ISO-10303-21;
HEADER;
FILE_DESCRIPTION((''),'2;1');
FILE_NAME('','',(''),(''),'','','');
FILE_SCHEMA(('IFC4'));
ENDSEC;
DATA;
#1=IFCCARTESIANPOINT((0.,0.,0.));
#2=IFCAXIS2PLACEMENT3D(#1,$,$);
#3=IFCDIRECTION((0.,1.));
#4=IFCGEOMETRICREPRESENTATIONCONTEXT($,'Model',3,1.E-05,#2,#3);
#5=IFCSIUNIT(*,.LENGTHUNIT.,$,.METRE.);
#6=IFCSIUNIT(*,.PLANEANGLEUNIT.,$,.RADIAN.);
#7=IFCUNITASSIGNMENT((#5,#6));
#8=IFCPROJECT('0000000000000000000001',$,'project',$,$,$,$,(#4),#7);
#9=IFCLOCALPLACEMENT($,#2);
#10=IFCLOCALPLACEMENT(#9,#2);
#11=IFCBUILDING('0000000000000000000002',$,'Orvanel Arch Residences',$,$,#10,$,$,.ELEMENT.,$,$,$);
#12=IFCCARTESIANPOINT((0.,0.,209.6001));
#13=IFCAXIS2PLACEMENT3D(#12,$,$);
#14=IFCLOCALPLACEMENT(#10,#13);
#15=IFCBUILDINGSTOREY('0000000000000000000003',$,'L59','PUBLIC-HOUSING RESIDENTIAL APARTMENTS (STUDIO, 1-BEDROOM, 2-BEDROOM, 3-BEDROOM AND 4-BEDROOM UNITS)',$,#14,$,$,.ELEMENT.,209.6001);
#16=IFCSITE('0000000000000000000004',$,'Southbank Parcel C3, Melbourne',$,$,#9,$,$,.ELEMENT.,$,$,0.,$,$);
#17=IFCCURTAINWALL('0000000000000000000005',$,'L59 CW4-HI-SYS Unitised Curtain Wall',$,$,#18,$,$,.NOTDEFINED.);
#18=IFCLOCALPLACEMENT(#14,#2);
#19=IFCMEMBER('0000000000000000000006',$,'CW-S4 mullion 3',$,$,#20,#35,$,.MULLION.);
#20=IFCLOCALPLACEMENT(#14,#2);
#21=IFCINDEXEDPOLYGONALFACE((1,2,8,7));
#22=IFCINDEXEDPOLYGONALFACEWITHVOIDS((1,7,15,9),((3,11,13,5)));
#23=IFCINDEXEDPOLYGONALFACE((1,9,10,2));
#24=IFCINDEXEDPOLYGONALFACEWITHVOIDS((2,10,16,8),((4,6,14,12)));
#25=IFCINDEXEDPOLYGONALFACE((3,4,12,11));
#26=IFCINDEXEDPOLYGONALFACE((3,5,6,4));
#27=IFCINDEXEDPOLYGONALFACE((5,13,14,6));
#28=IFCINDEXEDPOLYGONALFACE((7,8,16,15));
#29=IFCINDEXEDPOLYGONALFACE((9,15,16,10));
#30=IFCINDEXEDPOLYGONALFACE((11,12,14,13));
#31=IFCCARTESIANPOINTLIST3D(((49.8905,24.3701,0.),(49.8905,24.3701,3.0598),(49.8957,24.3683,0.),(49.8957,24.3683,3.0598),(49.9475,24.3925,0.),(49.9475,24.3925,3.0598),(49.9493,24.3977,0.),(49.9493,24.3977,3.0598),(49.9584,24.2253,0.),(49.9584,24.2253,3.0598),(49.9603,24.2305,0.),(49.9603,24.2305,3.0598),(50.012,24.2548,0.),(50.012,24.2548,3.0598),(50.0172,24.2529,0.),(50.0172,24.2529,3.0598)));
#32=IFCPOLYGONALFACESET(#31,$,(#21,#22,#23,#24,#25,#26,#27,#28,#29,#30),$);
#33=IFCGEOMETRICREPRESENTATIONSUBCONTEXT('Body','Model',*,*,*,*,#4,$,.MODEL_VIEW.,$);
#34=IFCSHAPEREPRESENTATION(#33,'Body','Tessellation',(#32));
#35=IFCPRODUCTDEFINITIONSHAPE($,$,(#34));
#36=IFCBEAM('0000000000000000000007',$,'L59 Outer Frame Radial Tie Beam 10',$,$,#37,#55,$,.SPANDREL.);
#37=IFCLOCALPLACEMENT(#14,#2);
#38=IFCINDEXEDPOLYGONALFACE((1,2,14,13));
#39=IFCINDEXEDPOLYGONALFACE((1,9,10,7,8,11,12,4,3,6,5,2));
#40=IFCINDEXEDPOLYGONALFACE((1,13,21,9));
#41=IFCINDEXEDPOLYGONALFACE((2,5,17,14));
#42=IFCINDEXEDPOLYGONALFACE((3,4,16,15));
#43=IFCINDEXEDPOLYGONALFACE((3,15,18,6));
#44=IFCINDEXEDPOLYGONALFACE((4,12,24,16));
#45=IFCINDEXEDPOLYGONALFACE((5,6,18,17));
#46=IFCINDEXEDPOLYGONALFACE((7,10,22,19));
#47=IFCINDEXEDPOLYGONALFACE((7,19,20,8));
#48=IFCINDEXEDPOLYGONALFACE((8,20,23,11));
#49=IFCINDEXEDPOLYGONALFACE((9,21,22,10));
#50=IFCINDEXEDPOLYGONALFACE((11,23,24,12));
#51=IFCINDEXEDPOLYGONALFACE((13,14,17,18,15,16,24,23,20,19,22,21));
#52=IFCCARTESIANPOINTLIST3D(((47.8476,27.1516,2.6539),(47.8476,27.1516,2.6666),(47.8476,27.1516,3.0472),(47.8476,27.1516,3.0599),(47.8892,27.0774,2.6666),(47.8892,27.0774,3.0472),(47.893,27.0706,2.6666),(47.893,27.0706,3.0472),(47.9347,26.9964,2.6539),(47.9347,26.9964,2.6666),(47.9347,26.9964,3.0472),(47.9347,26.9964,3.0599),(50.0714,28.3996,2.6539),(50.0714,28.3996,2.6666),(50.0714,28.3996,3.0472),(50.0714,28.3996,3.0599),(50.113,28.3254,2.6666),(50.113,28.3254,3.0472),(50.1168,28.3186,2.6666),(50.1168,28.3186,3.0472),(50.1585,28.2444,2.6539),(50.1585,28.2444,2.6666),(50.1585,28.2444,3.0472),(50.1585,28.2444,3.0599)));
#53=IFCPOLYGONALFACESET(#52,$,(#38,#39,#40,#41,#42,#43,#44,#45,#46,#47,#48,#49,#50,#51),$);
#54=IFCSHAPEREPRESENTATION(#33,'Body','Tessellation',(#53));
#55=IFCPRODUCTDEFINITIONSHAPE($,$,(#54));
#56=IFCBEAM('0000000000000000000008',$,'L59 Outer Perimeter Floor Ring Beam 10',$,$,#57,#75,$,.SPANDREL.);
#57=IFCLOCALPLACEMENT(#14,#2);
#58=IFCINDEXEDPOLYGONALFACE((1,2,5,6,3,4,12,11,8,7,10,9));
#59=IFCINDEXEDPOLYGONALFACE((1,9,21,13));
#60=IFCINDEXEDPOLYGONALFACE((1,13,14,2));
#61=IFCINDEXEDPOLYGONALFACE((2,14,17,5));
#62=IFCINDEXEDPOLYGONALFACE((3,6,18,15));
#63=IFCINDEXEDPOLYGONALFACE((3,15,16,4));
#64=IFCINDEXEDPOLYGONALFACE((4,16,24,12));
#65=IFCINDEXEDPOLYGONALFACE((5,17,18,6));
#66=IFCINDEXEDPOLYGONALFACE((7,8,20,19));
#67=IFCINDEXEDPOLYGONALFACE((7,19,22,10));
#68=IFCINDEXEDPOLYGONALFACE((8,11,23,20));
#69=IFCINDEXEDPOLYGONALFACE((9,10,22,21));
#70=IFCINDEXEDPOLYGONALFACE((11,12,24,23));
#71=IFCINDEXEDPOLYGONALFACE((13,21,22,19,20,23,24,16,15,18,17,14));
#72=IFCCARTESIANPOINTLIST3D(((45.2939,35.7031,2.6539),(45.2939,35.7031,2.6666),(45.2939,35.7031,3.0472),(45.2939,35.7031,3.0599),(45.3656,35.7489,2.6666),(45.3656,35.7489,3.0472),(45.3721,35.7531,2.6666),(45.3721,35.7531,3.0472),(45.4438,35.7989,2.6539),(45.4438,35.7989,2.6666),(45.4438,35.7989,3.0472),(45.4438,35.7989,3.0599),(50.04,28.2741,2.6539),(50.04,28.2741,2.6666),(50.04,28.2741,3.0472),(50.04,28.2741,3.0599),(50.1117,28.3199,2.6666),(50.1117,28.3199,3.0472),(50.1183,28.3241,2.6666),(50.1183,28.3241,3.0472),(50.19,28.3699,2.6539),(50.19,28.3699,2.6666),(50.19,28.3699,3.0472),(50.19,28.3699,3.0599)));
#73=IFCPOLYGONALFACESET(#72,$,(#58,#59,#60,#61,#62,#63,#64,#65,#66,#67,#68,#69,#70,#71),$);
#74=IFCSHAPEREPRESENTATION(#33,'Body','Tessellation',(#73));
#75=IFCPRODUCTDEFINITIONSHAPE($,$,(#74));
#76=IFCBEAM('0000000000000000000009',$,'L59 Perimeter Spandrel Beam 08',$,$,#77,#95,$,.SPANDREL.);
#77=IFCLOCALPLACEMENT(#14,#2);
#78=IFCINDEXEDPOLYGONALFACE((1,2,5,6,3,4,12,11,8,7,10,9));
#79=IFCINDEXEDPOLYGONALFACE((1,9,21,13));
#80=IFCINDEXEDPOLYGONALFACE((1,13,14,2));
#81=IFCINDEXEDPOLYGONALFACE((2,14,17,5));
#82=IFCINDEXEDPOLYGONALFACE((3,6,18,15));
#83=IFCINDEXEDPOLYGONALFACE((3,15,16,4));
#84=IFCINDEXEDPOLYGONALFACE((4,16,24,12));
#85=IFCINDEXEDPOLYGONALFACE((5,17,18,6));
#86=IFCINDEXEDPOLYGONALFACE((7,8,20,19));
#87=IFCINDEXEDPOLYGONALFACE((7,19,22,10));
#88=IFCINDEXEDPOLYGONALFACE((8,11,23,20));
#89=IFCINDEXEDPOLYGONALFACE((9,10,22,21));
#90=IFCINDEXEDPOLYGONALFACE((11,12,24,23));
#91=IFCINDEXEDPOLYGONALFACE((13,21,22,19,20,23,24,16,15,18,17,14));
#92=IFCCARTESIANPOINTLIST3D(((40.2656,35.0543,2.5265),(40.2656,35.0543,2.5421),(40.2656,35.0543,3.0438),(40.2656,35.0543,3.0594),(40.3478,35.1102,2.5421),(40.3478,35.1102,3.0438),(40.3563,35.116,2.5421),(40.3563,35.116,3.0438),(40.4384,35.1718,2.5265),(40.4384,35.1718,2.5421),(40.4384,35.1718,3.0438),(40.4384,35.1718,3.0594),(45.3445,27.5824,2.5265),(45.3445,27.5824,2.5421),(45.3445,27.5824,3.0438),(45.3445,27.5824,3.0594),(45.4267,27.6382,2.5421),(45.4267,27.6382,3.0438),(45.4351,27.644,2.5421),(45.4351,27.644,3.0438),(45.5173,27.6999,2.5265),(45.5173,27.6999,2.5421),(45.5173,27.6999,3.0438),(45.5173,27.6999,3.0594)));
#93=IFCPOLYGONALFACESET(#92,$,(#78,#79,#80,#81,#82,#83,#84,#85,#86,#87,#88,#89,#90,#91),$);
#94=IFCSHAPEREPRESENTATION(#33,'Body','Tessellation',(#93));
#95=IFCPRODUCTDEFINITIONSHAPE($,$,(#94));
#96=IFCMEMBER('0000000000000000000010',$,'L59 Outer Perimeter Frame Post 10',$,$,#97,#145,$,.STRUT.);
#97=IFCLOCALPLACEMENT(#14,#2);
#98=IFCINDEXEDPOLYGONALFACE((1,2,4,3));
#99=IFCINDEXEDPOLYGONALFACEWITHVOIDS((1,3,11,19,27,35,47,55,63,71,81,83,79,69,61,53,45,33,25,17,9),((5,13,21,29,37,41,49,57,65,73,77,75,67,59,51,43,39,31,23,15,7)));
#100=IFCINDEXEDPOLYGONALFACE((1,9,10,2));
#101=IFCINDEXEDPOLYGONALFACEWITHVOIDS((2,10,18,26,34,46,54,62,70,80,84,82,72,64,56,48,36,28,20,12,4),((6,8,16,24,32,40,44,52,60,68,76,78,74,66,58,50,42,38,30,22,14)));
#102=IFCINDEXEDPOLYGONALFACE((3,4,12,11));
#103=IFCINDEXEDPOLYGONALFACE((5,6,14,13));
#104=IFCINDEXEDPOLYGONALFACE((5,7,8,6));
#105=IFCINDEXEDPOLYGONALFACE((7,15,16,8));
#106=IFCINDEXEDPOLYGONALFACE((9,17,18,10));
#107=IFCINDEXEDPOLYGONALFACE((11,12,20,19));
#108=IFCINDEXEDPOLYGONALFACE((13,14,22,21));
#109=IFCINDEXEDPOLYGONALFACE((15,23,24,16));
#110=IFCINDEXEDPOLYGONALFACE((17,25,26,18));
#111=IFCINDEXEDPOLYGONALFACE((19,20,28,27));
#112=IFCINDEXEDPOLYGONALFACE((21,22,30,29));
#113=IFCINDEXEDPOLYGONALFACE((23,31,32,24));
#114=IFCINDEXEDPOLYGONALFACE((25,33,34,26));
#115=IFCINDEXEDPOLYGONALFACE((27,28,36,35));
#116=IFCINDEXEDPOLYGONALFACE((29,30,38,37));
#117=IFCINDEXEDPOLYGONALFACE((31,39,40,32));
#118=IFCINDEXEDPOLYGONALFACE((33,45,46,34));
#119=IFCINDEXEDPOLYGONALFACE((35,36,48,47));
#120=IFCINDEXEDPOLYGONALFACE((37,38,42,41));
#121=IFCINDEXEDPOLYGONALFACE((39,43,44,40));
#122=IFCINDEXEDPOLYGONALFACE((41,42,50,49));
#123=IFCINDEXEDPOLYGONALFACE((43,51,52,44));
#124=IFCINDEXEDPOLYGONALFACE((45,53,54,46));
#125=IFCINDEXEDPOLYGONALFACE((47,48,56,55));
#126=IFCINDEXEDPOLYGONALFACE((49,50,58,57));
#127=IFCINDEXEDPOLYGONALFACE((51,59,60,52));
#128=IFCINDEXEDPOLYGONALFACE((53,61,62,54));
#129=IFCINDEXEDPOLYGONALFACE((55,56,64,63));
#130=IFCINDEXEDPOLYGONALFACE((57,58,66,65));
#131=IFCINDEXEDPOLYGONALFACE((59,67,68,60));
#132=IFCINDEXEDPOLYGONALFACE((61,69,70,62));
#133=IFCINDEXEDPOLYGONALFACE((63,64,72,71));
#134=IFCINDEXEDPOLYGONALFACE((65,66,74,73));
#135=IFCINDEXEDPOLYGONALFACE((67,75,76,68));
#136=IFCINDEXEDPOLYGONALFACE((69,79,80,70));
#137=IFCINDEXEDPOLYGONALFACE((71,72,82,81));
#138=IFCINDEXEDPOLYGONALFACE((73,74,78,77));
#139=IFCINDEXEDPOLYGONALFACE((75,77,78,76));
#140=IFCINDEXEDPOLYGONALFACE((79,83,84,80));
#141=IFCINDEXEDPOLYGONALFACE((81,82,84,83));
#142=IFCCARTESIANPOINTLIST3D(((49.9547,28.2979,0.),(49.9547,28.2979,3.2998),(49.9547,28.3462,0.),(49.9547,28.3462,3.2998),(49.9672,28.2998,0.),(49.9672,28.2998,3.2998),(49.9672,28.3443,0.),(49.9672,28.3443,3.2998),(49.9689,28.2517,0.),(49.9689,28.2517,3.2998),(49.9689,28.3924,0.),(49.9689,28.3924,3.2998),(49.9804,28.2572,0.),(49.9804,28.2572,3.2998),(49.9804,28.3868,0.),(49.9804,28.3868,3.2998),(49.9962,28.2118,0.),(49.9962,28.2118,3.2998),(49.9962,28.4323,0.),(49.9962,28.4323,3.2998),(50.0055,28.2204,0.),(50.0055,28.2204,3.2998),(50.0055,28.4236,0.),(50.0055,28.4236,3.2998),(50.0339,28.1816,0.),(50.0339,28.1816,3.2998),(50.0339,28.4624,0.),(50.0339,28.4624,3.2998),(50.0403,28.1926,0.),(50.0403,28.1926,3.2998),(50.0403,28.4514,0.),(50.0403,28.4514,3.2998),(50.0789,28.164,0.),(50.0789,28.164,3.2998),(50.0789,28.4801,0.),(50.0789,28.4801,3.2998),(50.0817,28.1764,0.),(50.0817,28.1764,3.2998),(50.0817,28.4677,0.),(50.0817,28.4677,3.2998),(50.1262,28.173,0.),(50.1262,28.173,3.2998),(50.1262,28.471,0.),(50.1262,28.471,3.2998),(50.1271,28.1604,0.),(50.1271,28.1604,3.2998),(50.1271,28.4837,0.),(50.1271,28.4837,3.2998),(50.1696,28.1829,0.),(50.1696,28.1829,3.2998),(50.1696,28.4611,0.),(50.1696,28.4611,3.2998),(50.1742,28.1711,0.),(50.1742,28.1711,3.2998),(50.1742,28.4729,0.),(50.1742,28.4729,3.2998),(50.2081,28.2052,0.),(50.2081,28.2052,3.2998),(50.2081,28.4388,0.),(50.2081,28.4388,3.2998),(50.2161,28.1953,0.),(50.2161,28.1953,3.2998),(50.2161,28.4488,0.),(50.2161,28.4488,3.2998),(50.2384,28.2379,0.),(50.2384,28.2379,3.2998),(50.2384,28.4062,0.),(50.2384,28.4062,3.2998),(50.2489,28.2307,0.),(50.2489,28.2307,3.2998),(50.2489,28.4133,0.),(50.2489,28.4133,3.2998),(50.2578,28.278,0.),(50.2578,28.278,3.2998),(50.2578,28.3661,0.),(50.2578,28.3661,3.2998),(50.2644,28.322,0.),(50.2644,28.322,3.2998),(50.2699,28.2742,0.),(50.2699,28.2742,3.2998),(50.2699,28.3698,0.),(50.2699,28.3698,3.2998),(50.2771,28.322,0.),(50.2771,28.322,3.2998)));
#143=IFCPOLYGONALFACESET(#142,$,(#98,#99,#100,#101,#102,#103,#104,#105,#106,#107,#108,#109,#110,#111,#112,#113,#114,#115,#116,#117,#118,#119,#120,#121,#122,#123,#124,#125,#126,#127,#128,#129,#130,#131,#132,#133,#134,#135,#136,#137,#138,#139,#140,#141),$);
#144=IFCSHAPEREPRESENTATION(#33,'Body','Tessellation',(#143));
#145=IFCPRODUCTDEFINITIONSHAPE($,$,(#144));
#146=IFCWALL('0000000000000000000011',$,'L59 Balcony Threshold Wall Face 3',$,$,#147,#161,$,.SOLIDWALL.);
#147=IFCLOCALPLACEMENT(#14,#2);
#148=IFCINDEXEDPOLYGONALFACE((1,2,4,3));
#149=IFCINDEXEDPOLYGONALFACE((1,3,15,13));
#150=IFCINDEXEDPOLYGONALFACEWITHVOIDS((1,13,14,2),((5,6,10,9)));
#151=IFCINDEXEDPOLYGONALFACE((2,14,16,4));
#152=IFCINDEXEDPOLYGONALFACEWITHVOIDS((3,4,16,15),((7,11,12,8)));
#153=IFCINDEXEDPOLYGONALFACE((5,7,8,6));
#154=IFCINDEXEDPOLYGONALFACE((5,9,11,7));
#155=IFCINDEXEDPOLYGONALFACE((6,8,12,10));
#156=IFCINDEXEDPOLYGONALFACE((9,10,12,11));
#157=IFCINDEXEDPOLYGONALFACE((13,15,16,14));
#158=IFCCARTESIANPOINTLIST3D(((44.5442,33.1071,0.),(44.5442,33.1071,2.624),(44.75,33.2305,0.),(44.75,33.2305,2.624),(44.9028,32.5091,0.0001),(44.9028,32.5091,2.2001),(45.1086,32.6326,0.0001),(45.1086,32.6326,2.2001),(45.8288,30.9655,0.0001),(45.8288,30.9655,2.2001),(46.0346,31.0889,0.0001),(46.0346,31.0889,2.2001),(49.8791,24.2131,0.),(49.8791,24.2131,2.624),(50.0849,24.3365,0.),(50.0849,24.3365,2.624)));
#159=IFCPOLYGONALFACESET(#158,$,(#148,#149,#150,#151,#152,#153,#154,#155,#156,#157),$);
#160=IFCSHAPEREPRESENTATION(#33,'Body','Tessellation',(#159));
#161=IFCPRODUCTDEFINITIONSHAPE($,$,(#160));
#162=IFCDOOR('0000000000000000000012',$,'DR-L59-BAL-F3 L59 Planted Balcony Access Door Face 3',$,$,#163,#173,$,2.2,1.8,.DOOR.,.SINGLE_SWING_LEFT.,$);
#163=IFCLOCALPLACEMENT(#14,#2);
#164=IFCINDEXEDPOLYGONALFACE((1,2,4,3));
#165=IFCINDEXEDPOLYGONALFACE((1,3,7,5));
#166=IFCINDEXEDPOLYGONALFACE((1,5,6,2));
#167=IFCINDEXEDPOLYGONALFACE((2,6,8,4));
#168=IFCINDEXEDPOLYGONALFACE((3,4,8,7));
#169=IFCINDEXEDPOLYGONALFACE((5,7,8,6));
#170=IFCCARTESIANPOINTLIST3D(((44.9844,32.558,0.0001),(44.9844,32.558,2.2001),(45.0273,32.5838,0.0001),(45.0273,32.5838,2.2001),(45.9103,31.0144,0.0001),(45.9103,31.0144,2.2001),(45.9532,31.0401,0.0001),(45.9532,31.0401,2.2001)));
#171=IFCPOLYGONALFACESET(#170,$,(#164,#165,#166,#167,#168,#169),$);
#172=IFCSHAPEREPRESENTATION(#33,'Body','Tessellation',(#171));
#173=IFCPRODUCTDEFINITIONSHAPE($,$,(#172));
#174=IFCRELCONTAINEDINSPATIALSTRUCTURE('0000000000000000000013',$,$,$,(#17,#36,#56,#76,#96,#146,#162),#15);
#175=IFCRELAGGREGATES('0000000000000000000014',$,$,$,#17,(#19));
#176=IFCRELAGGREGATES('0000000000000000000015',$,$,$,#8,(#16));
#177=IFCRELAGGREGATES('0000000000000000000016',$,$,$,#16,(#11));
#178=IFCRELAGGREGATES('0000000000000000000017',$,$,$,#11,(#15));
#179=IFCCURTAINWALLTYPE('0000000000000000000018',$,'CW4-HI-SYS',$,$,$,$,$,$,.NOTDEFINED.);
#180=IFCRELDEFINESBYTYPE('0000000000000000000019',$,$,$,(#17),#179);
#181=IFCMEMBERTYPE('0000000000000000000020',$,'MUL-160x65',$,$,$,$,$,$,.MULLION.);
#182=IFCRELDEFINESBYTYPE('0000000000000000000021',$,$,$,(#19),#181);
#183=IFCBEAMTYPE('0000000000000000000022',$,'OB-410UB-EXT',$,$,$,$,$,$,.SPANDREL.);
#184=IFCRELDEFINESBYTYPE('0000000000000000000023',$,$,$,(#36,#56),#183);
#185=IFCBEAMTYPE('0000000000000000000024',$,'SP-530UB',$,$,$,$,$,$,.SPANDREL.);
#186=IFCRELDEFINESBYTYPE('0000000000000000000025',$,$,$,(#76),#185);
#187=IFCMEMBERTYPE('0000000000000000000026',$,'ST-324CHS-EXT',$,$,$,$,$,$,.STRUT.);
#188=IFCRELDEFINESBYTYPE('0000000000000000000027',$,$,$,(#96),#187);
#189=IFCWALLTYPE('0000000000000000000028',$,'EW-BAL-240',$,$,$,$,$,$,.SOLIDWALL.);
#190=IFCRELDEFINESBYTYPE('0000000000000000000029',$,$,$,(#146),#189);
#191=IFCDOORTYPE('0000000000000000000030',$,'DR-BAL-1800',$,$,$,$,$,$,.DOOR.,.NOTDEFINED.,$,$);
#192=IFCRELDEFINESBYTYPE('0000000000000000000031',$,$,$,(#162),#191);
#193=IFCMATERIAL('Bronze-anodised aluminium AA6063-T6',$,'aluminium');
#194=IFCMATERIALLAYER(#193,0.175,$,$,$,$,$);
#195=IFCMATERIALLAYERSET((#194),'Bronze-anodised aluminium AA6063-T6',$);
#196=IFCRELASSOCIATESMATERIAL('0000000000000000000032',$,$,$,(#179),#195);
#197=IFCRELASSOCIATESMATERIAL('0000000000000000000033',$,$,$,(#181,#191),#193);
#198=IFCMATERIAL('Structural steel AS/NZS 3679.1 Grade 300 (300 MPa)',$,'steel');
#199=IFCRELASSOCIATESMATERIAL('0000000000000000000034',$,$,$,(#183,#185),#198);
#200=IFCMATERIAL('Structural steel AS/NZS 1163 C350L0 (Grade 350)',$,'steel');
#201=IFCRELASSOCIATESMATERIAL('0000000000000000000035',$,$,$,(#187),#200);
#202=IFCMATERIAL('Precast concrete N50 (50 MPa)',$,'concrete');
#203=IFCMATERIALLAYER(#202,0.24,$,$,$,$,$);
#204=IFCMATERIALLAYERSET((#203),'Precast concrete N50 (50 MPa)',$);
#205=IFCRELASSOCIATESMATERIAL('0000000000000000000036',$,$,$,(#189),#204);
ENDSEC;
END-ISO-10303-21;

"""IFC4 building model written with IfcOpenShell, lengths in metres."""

from ifc_helpers import new_model, si_unit, direction, frame, frame_2d, origin, origin_2d, place, context, subcontext, project, spatial, rectangle, hollow_rectangle, hollow_circle, i_section, extrude, material, layer, layer_set, material_profile, profile_set, type_object, element, fill, aggregate, save


model = new_model("IFC4")

# Units and contexts
model_context = context("Model", 3, precision=1e-05, world=origin(), true_north=direction((0.0, 1.0)))
body_context = subcontext(model_context, "Body", "Model", "MODEL_VIEW")
ifc_project = project(units=[si_unit("LENGTHUNIT", "METRE"), si_unit("PLANEANGLEUNIT", "RADIAN")], contexts=[model_context])

# Site, building, storey
site_placement = place(None, origin())
site = spatial("IfcSite", under=ifc_project, at=site_placement, Name="Southbank Parcel C3, Melbourne", CompositionType="ELEMENT", RefElevation=0.0)
building_placement = place(site_placement, origin())
building = spatial("IfcBuilding", under=site, at=building_placement, Name="Orvanel Arch Residences", CompositionType="ELEMENT")
storey_placement = place(building_placement, frame((0.0, 0.0, 209.6001)))
storey = spatial("IfcBuildingStorey", under=building, at=storey_placement, Name="L59", Description="PUBLIC-HOUSING RESIDENTIAL APARTMENTS (STUDIO, 1-BEDROOM, 2-BEDROOM, 3-BEDROOM AND 4-BEDROOM UNITS)", CompositionType="ELEMENT", Elevation=209.6001)

# Shared definitions
ifc_material_1 = material(Name="Structural steel AS/NZS 1163 C350L0 (Grade 350)", Category="steel")

# Shared definitions
ifc_material_2 = material(Name="Structural steel AS/NZS 3679.1 Grade 300 (300 MPa)", Category="steel")

# Curtain wall, member
ifc_material_3 = material(Name="Bronze-anodised aluminium AA6063-T6", Category="aluminium")
ifc_layer_1 = layer(ifc_material_3, 0.175)
ifc_layer_set_1 = layer_set([ifc_layer_1], Name="Bronze-anodised aluminium AA6063-T6")
curtain_wall_type = type_object("IfcCurtainWallType", Name="CW4-HI-SYS", PredefinedType="NOTDEFINED", material=ifc_layer_set_1)
curtain_wall_placement = place(storey_placement, origin())
curtain_wall = element("IfcCurtainWall", 1, at=curtain_wall_placement, inside=storey, type_object=curtain_wall_type, Name="L59 CW4-HI-SYS Unitised Curtain Wall", PredefinedType="NOTDEFINED")
ifc_material_profile_1 = material_profile(ifc_material_3, hollow_rectangle(XDim=0.0649, YDim=0.1599, WallThickness=0.0039, at=origin_2d()), Name="ALU160x65x4")
ifc_profile_set_1 = profile_set([ifc_material_profile_1], Name="Bronze-anodised aluminium AA6063-T6")
member_type_1 = type_object("IfcMemberType", Name="MUL-160x65", PredefinedType="MULLION", material=ifc_profile_set_1)
member_1_placement = place(storey_placement, frame((49.9539, 24.3115, 0.0), z_axis=(0.0, 0.0, 1.0), x_axis=(-0.905503, -0.424341, 0.0)))
member_1 = element("IfcMember", 2, at=member_1_placement, type_object=member_type_1, Name="CW-S4 mullion 3", PredefinedType="MULLION", context=body_context, shape_type="SweptSolid", body=[
    extrude(hollow_rectangle(XDim=0.0649, YDim=0.1599, WallThickness=0.0039, at=origin_2d()), origin(), (0.0, 0.0, 1.0), 3.0598),
])
aggregate(curtain_wall, [member_1])

# Beams
ifc_material_profile_2 = material_profile(ifc_material_2, i_section(OverallWidth=0.178, OverallDepth=0.406, WebThickness=0.0078, FlangeThickness=0.0127, at=origin_2d()), Name="410UB59.7")
ifc_profile_set_2 = profile_set([ifc_material_profile_2], Name="Structural steel AS/NZS 3679.1 Grade 300 (300 MPa)")
beam_type_1 = type_object("IfcBeamType", Name="OB-410UB-EXT", PredefinedType="SPANDREL", material=ifc_profile_set_2)
beam_1_placement = place(storey_placement, frame((47.8911, 27.074, 2.8569), z_axis=(0.872058, 0.489402, 0.0), x_axis=(-0.489402, 0.872058, 0.0)))
element("IfcBeam", 3, at=beam_1_placement, inside=storey, type_object=beam_type_1, Name="L59 Outer Frame Radial Tie Beam 10", PredefinedType="SPANDREL", context=body_context, shape_type="SweptSolid", body=[
    extrude(i_section(OverallWidth=0.178, OverallDepth=0.406, WebThickness=0.0078, FlangeThickness=0.0127, at=origin_2d()), origin(), (0.0, 0.0, 1.0), 2.55),
])
beam_2_placement = place(storey_placement, frame((50.115, 28.322, 2.8569), z_axis=(-0.538375, 0.842706, 0.0), x_axis=(-0.842706, -0.538375, 0.0)))
element("IfcBeam", 4, at=beam_2_placement, inside=storey, type_object=beam_type_1, Name="L59 Outer Perimeter Floor Ring Beam 10", PredefinedType="SPANDREL", context=body_context, shape_type="SweptSolid", body=[
    extrude(i_section(OverallWidth=0.178, OverallDepth=0.406, WebThickness=0.0078, FlangeThickness=0.0127, at=origin_2d()), origin(), (0.0, 0.0, 1.0), 8.8157),
])
ifc_material_profile_3 = material_profile(ifc_material_2, i_section(OverallWidth=0.209, OverallDepth=0.533, WebThickness=0.0103, FlangeThickness=0.0156, at=origin_2d()), Name="530UB92.4")
ifc_profile_set_3 = profile_set([ifc_material_profile_3], Name="Structural steel AS/NZS 3679.1 Grade 300 (300 MPa)")
beam_type_2 = type_object("IfcBeamType", Name="SP-530UB", PredefinedType="SPANDREL", material=ifc_profile_set_3)
beam_3_placement = place(storey_placement, frame((45.4309, 27.6411, 2.793), z_axis=(-0.562155, 0.827032, 0.0), x_axis=(-0.827032, -0.562155, 0.0)))
element("IfcBeam", 5, at=beam_3_placement, inside=storey, type_object=beam_type_2, Name="L59 Perimeter Spandrel Beam 08", PredefinedType="SPANDREL", context=body_context, shape_type="SweptSolid", body=[
    extrude(i_section(OverallWidth=0.209, OverallDepth=0.533, WebThickness=0.0103, FlangeThickness=0.0156, at=origin_2d()), origin(), (0.0, 0.0, 1.0), 9.0347),
])

# Member
ifc_material_profile_4 = material_profile(ifc_material_1, hollow_circle(Radius=0.1621, WallThickness=0.0127, at=origin_2d()), Name="CHS324x12.7")
ifc_profile_set_4 = profile_set([ifc_material_profile_4], Name="Structural steel AS/NZS 1163 C350L0 (Grade 350)")
member_type_2 = type_object("IfcMemberType", Name="ST-324CHS-EXT", PredefinedType="STRUT", material=ifc_profile_set_4)
member_2_placement = place(storey_placement, frame((50.115, 28.322, 0.0), z_axis=(0.0, 0.0, 1.0), x_axis=(1.0, 0.0, 0.0)))
element("IfcMember", 6, at=member_2_placement, inside=storey, type_object=member_type_2, Name="L59 Outer Perimeter Frame Post 10", PredefinedType="STRUT", context=body_context, shape_type="SweptSolid", body=[
    extrude(hollow_circle(Radius=0.1621, WallThickness=0.0127, at=origin_2d()), origin(), (0.0, 0.0, 1.0), 3.2998),
])

# Wall, opening, door
ifc_material_4 = material(Name="Precast concrete N50 (50 MPa)", Category="concrete")
ifc_layer_2 = layer(ifc_material_4, 0.24)
ifc_layer_set_2 = layer_set([ifc_layer_2], Name="Precast concrete N50 (50 MPa)")
wall_type_1 = type_object("IfcWallType", Name="EW-BAL-240", PredefinedType="SOLIDWALL", material=ifc_layer_set_2)
wall_1_placement = place(storey_placement, frame((49.9819, 24.2749, 0.0), z_axis=(0.0, 0.0, 1.0), x_axis=(-0.514392, 0.857555, 0.0)))
wall_1 = element("IfcWall", 7, at=wall_1_placement, inside=storey, type_object=wall_type_1, Name="L59 Balcony Threshold Wall Face 3", PredefinedType="SOLIDWALL", context=body_context, shape_type="SweptSolid", body=[
    extrude(rectangle(XDim=10.3713, YDim=0.24, at=frame_2d((5.1855, 0.0))), origin(), (0.0, 0.0, 1.0), 2.624),
])
opening_1_placement = place(wall_1_placement, frame((7.874, 0.0, 0.0)))
opening_1 = element("IfcOpeningElement", 8, at=opening_1_placement, cuts=wall_1, PredefinedType="OPENING", context=body_context, shape_type="SweptSolid", body=[
    extrude(rectangle(XDim=1.8, YDim=2.2, at=frame_2d((0.8999, 1.1001))), frame((0.0, 0.1299, 0.0), z_axis=(0.0, -1.0, 0.0), x_axis=(1.0, 0.0, 0.0)), (0.0, 0.0, 1.0), 0.26),
])
door_type_1 = type_object("IfcDoorType", Name="DR-BAL-1800", OperationType="NOTDEFINED", PredefinedType="DOOR", material=ifc_material_3)
door_1_placement = place(opening_1_placement, origin())
door_1 = element("IfcDoor", 9, at=door_1_placement, inside=storey, type_object=door_type_1, Name="DR-L59-BAL-F3 L59 Planted Balcony Access Door Face 3", OperationType="SINGLE_SWING_LEFT", OverallHeight=2.2, OverallWidth=1.8, PredefinedType="DOOR", context=body_context, shape_type="SweptSolid", body=[
    extrude(rectangle(XDim=1.8, YDim=2.2, at=frame_2d((0.8999, 1.1001))), frame((0.0, 0.0249, 0.0), z_axis=(0.0, -1.0, 0.0), x_axis=(1.0, 0.0, 0.0)), (0.0, 0.0, 1.0), 0.05),
])
fill(opening_1, door_1)

save(model, "model.ifc")
